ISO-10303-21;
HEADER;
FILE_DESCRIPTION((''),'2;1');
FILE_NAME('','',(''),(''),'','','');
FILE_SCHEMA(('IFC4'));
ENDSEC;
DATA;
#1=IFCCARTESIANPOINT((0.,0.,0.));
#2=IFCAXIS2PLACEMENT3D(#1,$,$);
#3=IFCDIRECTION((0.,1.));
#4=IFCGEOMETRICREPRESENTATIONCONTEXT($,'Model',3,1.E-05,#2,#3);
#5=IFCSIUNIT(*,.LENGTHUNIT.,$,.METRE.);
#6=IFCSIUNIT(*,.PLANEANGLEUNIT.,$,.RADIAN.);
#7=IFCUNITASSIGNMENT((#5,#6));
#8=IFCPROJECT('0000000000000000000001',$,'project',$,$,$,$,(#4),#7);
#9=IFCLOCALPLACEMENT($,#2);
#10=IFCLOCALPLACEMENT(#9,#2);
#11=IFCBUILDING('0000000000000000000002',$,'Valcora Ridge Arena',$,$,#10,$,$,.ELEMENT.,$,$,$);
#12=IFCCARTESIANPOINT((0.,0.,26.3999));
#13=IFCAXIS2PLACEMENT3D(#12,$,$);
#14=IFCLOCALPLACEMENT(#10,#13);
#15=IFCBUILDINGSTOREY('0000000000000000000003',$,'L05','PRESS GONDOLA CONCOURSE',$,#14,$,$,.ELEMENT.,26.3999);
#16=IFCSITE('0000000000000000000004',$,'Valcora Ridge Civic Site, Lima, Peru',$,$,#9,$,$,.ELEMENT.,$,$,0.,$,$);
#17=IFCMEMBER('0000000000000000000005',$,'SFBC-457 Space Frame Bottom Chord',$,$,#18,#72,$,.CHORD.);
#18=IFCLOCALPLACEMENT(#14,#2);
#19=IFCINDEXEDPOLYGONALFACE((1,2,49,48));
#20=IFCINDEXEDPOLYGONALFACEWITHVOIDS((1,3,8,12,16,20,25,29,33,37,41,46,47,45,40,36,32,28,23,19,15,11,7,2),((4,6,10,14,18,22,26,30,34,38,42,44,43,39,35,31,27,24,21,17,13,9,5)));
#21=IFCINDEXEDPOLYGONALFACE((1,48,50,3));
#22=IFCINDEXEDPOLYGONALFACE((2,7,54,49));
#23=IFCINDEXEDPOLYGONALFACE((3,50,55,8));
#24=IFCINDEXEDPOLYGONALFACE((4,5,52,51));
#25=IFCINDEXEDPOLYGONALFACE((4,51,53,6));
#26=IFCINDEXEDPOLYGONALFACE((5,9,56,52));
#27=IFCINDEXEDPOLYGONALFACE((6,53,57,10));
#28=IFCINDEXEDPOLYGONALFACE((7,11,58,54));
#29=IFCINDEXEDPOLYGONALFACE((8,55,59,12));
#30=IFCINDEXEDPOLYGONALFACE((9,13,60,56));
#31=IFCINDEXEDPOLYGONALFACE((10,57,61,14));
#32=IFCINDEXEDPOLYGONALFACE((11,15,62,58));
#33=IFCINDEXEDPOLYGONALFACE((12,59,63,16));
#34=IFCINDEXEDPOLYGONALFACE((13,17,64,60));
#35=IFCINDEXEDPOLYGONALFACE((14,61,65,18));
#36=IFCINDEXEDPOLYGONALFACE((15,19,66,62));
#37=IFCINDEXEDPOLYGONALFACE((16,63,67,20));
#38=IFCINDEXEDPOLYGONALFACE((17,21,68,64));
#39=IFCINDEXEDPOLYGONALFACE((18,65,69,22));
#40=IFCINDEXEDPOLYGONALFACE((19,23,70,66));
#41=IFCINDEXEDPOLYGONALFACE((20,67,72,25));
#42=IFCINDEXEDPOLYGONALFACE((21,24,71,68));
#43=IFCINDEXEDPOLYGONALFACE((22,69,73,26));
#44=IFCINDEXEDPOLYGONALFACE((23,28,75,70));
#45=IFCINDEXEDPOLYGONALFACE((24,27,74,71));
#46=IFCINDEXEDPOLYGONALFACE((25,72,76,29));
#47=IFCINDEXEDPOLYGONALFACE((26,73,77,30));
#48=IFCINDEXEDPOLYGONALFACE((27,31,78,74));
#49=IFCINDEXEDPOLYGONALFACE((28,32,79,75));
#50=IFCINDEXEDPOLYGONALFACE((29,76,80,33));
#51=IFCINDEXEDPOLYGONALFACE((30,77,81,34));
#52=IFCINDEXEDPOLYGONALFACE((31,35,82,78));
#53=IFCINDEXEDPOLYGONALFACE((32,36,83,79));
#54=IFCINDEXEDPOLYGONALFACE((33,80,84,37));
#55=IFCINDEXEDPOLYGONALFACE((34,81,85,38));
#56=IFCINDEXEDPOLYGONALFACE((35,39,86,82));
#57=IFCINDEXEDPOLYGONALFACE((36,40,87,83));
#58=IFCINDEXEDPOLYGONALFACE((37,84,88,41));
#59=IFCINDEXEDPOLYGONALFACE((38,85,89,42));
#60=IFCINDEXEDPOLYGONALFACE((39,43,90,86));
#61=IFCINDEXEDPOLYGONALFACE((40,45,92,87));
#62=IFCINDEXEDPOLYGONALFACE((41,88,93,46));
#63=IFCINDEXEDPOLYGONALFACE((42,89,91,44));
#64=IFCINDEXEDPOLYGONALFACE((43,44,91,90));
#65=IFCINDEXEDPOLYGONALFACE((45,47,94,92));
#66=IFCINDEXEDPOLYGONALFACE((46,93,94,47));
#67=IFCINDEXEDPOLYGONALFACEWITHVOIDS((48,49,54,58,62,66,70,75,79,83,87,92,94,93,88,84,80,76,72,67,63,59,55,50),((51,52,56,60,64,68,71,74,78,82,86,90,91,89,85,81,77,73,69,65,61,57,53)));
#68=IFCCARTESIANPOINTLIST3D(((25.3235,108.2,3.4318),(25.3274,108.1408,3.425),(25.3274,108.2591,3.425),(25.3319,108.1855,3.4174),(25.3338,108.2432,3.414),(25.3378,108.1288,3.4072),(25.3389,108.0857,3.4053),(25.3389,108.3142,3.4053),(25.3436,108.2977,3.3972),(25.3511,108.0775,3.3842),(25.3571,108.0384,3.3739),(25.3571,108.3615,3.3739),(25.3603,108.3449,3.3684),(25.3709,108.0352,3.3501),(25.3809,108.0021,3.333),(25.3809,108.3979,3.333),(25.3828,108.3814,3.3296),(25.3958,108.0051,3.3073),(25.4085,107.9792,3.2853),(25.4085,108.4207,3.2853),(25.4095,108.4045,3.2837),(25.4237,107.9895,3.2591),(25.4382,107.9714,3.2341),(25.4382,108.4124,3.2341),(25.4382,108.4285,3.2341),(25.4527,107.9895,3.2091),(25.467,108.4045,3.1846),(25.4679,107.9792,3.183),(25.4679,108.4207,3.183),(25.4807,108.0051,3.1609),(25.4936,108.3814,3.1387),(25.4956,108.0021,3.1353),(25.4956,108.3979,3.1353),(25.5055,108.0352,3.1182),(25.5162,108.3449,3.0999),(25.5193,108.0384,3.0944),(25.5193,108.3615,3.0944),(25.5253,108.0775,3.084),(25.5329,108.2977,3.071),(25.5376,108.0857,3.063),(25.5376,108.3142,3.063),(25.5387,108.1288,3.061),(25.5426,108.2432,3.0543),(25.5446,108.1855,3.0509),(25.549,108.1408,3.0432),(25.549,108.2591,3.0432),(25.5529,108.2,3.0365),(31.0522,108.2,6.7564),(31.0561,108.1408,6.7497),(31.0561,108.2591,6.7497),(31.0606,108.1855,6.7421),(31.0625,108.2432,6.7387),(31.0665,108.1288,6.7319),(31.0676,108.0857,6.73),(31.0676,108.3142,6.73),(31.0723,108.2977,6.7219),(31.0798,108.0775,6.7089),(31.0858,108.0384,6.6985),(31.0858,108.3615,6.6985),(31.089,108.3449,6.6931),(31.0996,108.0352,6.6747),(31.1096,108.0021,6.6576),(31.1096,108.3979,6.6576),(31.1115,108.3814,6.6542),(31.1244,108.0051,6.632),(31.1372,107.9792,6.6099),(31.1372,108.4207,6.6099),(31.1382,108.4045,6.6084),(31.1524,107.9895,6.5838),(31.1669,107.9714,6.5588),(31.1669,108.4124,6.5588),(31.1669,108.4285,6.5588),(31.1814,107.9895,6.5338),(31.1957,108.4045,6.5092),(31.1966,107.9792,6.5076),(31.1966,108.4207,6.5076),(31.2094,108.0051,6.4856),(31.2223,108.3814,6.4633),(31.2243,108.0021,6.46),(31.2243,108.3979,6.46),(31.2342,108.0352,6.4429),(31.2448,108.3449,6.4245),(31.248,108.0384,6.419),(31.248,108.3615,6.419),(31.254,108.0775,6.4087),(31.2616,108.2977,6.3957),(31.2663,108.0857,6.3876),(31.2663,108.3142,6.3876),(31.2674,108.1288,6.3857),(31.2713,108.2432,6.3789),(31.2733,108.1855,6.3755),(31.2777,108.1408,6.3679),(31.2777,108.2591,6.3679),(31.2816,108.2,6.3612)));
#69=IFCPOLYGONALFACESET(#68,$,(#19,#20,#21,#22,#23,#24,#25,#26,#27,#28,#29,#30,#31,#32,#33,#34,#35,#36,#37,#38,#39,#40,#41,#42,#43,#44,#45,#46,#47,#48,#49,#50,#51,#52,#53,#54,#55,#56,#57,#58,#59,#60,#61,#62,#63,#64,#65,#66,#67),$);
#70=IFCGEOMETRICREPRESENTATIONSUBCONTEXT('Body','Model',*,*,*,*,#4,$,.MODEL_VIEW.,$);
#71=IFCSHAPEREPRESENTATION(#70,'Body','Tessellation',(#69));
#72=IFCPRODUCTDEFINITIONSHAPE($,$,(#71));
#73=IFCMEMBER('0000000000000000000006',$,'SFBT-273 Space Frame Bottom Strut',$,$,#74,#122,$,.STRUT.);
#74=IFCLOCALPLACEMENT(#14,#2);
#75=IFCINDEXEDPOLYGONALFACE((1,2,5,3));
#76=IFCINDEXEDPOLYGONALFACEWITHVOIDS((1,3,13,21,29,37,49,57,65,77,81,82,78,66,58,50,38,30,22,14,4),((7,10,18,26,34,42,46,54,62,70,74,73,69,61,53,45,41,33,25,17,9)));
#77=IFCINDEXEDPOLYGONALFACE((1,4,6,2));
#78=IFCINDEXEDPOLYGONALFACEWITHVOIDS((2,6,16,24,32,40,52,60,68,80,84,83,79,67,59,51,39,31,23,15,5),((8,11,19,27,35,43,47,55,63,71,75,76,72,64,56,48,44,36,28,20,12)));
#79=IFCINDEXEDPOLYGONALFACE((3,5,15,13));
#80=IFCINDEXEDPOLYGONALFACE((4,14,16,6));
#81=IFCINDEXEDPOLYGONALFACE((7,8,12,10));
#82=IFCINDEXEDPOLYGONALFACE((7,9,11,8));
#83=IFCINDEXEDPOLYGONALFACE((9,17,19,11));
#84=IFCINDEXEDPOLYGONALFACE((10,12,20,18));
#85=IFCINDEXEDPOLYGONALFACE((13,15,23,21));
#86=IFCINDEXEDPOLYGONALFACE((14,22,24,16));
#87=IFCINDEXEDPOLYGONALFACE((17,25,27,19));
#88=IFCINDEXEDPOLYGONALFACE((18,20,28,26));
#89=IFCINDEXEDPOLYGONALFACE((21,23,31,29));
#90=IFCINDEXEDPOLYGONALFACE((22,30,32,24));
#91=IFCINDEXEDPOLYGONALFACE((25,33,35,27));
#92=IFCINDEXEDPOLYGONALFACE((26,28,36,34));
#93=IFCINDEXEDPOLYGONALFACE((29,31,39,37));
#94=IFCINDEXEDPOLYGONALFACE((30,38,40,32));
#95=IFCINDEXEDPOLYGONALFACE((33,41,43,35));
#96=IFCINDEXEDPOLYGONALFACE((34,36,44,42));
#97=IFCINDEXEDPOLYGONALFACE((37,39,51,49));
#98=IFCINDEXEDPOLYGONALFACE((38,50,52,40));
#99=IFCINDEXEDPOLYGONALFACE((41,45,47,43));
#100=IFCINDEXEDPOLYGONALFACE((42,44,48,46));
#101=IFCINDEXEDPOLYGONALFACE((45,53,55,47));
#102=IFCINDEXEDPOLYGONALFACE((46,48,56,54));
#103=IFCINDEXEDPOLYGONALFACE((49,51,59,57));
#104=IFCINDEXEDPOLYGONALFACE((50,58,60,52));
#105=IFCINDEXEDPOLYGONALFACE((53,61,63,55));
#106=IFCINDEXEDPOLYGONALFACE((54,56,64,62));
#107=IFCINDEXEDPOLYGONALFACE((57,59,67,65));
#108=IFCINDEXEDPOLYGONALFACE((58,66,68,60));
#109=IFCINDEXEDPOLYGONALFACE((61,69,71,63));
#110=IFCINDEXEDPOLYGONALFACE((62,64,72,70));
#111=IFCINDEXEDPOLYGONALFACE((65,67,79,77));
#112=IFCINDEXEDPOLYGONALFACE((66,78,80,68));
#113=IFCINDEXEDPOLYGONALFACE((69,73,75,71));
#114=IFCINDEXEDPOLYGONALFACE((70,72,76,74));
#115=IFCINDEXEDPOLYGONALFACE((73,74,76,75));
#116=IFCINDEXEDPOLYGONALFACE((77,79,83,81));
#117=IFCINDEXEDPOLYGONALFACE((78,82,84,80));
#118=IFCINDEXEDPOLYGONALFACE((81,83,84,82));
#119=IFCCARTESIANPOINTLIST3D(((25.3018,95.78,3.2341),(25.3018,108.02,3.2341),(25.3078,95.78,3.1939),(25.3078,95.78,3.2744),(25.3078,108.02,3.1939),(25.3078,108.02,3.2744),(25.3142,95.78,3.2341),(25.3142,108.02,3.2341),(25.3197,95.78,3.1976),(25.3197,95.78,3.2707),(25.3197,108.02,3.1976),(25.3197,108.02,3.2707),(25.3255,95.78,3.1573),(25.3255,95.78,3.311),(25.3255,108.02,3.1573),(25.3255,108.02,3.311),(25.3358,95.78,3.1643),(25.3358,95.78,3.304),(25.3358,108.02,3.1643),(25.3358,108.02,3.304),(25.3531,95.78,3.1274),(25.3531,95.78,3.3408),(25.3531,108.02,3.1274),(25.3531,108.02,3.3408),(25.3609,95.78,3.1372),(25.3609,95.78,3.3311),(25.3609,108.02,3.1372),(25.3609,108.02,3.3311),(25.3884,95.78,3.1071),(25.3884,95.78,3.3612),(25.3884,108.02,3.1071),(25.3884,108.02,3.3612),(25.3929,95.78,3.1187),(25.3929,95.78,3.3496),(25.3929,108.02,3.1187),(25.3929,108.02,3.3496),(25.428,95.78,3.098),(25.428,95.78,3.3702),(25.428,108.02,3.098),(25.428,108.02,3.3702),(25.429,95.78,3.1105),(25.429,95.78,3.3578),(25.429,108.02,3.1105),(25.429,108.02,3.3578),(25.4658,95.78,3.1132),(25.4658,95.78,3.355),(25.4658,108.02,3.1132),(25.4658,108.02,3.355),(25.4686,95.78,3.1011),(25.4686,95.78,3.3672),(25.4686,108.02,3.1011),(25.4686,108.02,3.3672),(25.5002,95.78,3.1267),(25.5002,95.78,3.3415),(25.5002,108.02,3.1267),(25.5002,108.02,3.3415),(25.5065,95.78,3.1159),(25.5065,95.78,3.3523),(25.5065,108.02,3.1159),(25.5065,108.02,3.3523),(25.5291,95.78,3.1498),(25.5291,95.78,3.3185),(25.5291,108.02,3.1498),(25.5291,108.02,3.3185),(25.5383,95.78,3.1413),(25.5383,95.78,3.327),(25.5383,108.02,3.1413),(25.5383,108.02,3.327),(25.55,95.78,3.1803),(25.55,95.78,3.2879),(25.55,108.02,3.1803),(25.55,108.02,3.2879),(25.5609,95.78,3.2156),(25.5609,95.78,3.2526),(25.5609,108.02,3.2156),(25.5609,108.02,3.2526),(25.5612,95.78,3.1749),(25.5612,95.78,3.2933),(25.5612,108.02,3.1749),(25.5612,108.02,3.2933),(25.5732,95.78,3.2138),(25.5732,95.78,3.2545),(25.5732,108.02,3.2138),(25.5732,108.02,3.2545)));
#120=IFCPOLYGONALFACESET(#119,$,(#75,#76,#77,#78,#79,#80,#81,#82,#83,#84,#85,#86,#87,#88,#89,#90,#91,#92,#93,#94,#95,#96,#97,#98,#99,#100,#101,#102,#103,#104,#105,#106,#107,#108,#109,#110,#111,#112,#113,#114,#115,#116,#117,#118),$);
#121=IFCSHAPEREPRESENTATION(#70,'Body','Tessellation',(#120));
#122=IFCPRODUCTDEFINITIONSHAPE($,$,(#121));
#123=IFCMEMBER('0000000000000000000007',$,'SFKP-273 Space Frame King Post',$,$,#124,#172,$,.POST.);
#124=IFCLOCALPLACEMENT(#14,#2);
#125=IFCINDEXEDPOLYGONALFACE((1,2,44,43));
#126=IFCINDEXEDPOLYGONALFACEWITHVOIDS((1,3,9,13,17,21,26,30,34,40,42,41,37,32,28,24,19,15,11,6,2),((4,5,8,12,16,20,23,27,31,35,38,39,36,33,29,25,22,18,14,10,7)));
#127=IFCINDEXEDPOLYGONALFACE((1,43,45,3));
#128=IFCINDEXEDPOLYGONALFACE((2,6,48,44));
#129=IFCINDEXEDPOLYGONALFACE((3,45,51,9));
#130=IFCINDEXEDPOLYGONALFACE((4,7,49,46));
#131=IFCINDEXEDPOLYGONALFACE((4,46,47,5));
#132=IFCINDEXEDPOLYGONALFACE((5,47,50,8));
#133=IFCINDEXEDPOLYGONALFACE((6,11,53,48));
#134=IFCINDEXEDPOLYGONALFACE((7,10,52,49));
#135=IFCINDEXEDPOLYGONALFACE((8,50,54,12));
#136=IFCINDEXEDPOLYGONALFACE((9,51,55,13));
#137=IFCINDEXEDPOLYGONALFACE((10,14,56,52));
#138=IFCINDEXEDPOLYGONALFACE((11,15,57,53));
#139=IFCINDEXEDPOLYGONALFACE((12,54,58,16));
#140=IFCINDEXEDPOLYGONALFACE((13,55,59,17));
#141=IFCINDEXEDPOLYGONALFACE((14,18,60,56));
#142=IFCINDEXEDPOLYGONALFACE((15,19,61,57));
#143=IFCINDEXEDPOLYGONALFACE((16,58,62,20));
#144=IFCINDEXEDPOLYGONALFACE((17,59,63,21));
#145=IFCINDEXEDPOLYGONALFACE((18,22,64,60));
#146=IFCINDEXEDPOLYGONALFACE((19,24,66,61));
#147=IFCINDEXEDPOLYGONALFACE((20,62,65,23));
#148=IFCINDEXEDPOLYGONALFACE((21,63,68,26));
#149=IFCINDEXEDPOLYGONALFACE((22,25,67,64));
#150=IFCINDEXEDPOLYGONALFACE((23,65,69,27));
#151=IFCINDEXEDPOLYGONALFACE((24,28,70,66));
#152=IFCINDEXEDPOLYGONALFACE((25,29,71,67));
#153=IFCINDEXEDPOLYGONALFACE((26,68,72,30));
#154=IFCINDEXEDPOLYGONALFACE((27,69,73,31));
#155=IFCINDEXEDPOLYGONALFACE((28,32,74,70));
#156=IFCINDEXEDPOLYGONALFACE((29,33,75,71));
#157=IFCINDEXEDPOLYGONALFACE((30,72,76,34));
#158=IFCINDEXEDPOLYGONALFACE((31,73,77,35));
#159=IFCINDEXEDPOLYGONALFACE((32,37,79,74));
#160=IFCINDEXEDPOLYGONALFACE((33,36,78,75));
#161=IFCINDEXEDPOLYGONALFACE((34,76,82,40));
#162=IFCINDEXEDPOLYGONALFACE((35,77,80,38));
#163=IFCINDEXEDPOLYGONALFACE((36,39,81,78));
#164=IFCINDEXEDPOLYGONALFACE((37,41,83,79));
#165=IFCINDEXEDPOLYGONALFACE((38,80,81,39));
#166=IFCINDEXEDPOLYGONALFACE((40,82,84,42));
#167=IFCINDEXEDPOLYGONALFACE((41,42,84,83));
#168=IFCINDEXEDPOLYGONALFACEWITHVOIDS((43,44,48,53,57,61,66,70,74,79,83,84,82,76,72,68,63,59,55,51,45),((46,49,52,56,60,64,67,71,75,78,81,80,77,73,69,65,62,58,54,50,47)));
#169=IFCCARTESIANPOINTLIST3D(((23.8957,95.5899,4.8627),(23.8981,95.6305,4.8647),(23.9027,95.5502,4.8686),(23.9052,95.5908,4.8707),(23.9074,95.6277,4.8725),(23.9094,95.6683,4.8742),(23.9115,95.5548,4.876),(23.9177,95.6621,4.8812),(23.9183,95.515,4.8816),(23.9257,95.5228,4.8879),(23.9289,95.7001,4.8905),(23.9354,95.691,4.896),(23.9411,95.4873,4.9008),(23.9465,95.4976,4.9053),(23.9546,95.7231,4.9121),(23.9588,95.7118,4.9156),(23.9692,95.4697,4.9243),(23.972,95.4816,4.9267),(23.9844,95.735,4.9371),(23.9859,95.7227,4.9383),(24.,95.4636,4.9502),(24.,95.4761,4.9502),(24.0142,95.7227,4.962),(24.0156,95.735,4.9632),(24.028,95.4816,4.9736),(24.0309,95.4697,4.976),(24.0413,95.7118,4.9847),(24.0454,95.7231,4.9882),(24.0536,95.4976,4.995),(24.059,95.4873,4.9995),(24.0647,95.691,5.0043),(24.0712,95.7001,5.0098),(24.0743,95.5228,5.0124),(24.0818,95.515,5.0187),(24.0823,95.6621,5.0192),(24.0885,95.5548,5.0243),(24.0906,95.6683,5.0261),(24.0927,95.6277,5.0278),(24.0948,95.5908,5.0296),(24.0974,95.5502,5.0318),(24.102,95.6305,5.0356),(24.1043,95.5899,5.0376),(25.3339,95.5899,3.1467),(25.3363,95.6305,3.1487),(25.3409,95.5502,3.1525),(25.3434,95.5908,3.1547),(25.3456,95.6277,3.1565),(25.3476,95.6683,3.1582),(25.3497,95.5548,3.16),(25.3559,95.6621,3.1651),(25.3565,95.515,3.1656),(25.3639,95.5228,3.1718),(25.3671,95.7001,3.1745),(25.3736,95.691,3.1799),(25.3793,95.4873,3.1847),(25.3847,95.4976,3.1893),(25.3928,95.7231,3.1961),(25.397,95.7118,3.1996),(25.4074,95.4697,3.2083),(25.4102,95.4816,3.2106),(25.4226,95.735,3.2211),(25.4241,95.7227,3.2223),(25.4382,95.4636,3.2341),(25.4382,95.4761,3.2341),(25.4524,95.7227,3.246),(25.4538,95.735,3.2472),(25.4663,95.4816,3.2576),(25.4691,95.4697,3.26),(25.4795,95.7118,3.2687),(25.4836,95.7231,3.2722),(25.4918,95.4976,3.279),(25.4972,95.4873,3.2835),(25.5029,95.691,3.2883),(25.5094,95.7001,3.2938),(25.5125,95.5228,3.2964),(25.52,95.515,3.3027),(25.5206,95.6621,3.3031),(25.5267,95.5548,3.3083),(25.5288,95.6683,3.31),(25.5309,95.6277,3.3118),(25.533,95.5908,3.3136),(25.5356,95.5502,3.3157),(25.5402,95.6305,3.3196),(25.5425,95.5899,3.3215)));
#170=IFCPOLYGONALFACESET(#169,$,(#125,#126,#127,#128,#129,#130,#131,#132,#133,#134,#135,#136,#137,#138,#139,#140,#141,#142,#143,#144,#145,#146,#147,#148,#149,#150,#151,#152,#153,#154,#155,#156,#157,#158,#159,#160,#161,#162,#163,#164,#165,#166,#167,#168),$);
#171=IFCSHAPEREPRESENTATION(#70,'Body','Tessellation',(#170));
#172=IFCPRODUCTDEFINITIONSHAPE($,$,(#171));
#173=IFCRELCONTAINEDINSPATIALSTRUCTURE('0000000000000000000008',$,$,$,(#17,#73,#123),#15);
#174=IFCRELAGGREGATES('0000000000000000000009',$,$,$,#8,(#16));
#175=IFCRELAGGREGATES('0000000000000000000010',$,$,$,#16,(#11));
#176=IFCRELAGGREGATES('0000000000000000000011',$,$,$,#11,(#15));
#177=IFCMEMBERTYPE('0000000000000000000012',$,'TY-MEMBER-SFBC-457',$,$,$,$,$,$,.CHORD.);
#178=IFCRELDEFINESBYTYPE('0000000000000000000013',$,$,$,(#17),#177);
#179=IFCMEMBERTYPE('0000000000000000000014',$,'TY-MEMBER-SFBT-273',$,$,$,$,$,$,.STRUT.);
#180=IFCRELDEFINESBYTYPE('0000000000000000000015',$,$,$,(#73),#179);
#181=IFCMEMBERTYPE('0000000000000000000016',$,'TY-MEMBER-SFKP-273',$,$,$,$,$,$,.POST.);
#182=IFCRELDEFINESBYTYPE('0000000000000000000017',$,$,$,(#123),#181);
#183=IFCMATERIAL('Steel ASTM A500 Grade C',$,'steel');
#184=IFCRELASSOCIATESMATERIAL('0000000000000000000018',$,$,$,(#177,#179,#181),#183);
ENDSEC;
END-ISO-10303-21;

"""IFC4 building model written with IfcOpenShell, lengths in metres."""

from ifc_helpers import new_model, si_unit, direction, frame, origin, origin_2d, place, context, subcontext, project, spatial, hollow_circle, extrude, material, material_profile, profile_set, type_object, element, save


model = new_model("IFC4")

# Units and contexts
model_context = context("Model", 3, precision=1e-05, world=origin(), true_north=direction((0.0, 1.0)))
body_context = subcontext(model_context, "Body", "Model", "MODEL_VIEW")
ifc_project = project(units=[si_unit("LENGTHUNIT", "METRE"), si_unit("PLANEANGLEUNIT", "RADIAN")], contexts=[model_context])

# Site, building, storey
site_placement = place(None, origin())
site = spatial("IfcSite", under=ifc_project, at=site_placement, Name="Valcora Ridge Civic Site, Lima, Peru", CompositionType="ELEMENT", RefElevation=0.0)
building_placement = place(site_placement, origin())
building = spatial("IfcBuilding", under=site, at=building_placement, Name="Valcora Ridge Arena", CompositionType="ELEMENT")
storey_placement = place(building_placement, frame((0.0, 0.0, 26.3999)))
storey = spatial("IfcBuildingStorey", under=building, at=storey_placement, Name="L05", Description="PRESS GONDOLA CONCOURSE", CompositionType="ELEMENT", Elevation=26.3999)

# Members
ifc_material_1 = material(Name="Steel ASTM A500 Grade C", Category="steel")
ifc_material_profile_1 = material_profile(ifc_material_1, hollow_circle(Radius=0.2285, WallThickness=0.0161, at=origin_2d()), Name="CHS457X16")
ifc_profile_set_1 = profile_set([ifc_material_profile_1], Name="Steel ASTM A500 Grade C")
member_type_1 = type_object("IfcMemberType", Name="TY-MEMBER-SFBC-457", PredefinedType="CHORD", material=ifc_profile_set_1)
for number, where, z_axis, x_axis, name in (
    (1, (25.4382, 108.2, 3.2341), (0.864898, 0.0, 0.501947), (0.0, 1.0, 0.0), "SFBC-457 Space Frame Bottom Chord"),
):
    element("IfcMember", number, at=place(storey_placement, frame(where, z_axis=z_axis, x_axis=x_axis)), inside=storey, type_object=member_type_1, Name=name, PredefinedType="CHORD", context=body_context, shape_type="SweptSolid", body=[
        extrude(hollow_circle(Radius=0.2285, WallThickness=0.0161, at=origin_2d()), origin(), (0.0, 0.0, 1.0), 6.6235),
    ])
ifc_material_profile_2 = material_profile(ifc_material_1, hollow_circle(Radius=0.1365, WallThickness=0.0125, at=origin_2d()), Name="CHS273X12")
ifc_profile_set_2 = profile_set([ifc_material_profile_2], Name="Steel ASTM A500 Grade C")
member_type_2 = type_object("IfcMemberType", Name="TY-MEMBER-SFBT-273", PredefinedType="STRUT", material=ifc_profile_set_2)
member_1_placement = place(storey_placement, frame((25.4382, 95.78, 3.2341), z_axis=(0.0, 1.0, 0.0), x_axis=(-1.0, 0.0, 0.0)))
element("IfcMember", 2, at=member_1_placement, inside=storey, type_object=member_type_2, Name="SFBT-273 Space Frame Bottom Strut", PredefinedType="STRUT", context=body_context, shape_type="SweptSolid", body=[
    extrude(hollow_circle(Radius=0.1365, WallThickness=0.0125, at=origin_2d()), origin(), (0.0, 0.0, 1.0), 12.24),
])
ifc_material_profile_3 = material_profile(ifc_material_1, hollow_circle(Radius=0.1365, WallThickness=0.0125, at=origin_2d()), Name="CHS273X12")
ifc_profile_set_3 = profile_set([ifc_material_profile_3], Name="Steel ASTM A500 Grade C")
member_type_3 = type_object("IfcMemberType", Name="TY-MEMBER-SFKP-273", PredefinedType="POST", material=ifc_profile_set_3)
for number, where, z_axis, x_axis, name in (
    (3, (25.4382, 95.6001, 3.2341), (-0.642338, 0.0, 0.766422), (0.0, -1.0, 0.0), "SFKP-273 Space Frame King Post"),
):
    element("IfcMember", number, at=place(storey_placement, frame(where, z_axis=z_axis, x_axis=x_axis)), inside=storey, type_object=member_type_3, Name=name, PredefinedType="POST", context=body_context, shape_type="SweptSolid", body=[
        extrude(hollow_circle(Radius=0.1365, WallThickness=0.0125, at=origin_2d()), origin(), (0.0, 0.0, 1.0), 2.239),
    ])

save(model, "model.ifc")
